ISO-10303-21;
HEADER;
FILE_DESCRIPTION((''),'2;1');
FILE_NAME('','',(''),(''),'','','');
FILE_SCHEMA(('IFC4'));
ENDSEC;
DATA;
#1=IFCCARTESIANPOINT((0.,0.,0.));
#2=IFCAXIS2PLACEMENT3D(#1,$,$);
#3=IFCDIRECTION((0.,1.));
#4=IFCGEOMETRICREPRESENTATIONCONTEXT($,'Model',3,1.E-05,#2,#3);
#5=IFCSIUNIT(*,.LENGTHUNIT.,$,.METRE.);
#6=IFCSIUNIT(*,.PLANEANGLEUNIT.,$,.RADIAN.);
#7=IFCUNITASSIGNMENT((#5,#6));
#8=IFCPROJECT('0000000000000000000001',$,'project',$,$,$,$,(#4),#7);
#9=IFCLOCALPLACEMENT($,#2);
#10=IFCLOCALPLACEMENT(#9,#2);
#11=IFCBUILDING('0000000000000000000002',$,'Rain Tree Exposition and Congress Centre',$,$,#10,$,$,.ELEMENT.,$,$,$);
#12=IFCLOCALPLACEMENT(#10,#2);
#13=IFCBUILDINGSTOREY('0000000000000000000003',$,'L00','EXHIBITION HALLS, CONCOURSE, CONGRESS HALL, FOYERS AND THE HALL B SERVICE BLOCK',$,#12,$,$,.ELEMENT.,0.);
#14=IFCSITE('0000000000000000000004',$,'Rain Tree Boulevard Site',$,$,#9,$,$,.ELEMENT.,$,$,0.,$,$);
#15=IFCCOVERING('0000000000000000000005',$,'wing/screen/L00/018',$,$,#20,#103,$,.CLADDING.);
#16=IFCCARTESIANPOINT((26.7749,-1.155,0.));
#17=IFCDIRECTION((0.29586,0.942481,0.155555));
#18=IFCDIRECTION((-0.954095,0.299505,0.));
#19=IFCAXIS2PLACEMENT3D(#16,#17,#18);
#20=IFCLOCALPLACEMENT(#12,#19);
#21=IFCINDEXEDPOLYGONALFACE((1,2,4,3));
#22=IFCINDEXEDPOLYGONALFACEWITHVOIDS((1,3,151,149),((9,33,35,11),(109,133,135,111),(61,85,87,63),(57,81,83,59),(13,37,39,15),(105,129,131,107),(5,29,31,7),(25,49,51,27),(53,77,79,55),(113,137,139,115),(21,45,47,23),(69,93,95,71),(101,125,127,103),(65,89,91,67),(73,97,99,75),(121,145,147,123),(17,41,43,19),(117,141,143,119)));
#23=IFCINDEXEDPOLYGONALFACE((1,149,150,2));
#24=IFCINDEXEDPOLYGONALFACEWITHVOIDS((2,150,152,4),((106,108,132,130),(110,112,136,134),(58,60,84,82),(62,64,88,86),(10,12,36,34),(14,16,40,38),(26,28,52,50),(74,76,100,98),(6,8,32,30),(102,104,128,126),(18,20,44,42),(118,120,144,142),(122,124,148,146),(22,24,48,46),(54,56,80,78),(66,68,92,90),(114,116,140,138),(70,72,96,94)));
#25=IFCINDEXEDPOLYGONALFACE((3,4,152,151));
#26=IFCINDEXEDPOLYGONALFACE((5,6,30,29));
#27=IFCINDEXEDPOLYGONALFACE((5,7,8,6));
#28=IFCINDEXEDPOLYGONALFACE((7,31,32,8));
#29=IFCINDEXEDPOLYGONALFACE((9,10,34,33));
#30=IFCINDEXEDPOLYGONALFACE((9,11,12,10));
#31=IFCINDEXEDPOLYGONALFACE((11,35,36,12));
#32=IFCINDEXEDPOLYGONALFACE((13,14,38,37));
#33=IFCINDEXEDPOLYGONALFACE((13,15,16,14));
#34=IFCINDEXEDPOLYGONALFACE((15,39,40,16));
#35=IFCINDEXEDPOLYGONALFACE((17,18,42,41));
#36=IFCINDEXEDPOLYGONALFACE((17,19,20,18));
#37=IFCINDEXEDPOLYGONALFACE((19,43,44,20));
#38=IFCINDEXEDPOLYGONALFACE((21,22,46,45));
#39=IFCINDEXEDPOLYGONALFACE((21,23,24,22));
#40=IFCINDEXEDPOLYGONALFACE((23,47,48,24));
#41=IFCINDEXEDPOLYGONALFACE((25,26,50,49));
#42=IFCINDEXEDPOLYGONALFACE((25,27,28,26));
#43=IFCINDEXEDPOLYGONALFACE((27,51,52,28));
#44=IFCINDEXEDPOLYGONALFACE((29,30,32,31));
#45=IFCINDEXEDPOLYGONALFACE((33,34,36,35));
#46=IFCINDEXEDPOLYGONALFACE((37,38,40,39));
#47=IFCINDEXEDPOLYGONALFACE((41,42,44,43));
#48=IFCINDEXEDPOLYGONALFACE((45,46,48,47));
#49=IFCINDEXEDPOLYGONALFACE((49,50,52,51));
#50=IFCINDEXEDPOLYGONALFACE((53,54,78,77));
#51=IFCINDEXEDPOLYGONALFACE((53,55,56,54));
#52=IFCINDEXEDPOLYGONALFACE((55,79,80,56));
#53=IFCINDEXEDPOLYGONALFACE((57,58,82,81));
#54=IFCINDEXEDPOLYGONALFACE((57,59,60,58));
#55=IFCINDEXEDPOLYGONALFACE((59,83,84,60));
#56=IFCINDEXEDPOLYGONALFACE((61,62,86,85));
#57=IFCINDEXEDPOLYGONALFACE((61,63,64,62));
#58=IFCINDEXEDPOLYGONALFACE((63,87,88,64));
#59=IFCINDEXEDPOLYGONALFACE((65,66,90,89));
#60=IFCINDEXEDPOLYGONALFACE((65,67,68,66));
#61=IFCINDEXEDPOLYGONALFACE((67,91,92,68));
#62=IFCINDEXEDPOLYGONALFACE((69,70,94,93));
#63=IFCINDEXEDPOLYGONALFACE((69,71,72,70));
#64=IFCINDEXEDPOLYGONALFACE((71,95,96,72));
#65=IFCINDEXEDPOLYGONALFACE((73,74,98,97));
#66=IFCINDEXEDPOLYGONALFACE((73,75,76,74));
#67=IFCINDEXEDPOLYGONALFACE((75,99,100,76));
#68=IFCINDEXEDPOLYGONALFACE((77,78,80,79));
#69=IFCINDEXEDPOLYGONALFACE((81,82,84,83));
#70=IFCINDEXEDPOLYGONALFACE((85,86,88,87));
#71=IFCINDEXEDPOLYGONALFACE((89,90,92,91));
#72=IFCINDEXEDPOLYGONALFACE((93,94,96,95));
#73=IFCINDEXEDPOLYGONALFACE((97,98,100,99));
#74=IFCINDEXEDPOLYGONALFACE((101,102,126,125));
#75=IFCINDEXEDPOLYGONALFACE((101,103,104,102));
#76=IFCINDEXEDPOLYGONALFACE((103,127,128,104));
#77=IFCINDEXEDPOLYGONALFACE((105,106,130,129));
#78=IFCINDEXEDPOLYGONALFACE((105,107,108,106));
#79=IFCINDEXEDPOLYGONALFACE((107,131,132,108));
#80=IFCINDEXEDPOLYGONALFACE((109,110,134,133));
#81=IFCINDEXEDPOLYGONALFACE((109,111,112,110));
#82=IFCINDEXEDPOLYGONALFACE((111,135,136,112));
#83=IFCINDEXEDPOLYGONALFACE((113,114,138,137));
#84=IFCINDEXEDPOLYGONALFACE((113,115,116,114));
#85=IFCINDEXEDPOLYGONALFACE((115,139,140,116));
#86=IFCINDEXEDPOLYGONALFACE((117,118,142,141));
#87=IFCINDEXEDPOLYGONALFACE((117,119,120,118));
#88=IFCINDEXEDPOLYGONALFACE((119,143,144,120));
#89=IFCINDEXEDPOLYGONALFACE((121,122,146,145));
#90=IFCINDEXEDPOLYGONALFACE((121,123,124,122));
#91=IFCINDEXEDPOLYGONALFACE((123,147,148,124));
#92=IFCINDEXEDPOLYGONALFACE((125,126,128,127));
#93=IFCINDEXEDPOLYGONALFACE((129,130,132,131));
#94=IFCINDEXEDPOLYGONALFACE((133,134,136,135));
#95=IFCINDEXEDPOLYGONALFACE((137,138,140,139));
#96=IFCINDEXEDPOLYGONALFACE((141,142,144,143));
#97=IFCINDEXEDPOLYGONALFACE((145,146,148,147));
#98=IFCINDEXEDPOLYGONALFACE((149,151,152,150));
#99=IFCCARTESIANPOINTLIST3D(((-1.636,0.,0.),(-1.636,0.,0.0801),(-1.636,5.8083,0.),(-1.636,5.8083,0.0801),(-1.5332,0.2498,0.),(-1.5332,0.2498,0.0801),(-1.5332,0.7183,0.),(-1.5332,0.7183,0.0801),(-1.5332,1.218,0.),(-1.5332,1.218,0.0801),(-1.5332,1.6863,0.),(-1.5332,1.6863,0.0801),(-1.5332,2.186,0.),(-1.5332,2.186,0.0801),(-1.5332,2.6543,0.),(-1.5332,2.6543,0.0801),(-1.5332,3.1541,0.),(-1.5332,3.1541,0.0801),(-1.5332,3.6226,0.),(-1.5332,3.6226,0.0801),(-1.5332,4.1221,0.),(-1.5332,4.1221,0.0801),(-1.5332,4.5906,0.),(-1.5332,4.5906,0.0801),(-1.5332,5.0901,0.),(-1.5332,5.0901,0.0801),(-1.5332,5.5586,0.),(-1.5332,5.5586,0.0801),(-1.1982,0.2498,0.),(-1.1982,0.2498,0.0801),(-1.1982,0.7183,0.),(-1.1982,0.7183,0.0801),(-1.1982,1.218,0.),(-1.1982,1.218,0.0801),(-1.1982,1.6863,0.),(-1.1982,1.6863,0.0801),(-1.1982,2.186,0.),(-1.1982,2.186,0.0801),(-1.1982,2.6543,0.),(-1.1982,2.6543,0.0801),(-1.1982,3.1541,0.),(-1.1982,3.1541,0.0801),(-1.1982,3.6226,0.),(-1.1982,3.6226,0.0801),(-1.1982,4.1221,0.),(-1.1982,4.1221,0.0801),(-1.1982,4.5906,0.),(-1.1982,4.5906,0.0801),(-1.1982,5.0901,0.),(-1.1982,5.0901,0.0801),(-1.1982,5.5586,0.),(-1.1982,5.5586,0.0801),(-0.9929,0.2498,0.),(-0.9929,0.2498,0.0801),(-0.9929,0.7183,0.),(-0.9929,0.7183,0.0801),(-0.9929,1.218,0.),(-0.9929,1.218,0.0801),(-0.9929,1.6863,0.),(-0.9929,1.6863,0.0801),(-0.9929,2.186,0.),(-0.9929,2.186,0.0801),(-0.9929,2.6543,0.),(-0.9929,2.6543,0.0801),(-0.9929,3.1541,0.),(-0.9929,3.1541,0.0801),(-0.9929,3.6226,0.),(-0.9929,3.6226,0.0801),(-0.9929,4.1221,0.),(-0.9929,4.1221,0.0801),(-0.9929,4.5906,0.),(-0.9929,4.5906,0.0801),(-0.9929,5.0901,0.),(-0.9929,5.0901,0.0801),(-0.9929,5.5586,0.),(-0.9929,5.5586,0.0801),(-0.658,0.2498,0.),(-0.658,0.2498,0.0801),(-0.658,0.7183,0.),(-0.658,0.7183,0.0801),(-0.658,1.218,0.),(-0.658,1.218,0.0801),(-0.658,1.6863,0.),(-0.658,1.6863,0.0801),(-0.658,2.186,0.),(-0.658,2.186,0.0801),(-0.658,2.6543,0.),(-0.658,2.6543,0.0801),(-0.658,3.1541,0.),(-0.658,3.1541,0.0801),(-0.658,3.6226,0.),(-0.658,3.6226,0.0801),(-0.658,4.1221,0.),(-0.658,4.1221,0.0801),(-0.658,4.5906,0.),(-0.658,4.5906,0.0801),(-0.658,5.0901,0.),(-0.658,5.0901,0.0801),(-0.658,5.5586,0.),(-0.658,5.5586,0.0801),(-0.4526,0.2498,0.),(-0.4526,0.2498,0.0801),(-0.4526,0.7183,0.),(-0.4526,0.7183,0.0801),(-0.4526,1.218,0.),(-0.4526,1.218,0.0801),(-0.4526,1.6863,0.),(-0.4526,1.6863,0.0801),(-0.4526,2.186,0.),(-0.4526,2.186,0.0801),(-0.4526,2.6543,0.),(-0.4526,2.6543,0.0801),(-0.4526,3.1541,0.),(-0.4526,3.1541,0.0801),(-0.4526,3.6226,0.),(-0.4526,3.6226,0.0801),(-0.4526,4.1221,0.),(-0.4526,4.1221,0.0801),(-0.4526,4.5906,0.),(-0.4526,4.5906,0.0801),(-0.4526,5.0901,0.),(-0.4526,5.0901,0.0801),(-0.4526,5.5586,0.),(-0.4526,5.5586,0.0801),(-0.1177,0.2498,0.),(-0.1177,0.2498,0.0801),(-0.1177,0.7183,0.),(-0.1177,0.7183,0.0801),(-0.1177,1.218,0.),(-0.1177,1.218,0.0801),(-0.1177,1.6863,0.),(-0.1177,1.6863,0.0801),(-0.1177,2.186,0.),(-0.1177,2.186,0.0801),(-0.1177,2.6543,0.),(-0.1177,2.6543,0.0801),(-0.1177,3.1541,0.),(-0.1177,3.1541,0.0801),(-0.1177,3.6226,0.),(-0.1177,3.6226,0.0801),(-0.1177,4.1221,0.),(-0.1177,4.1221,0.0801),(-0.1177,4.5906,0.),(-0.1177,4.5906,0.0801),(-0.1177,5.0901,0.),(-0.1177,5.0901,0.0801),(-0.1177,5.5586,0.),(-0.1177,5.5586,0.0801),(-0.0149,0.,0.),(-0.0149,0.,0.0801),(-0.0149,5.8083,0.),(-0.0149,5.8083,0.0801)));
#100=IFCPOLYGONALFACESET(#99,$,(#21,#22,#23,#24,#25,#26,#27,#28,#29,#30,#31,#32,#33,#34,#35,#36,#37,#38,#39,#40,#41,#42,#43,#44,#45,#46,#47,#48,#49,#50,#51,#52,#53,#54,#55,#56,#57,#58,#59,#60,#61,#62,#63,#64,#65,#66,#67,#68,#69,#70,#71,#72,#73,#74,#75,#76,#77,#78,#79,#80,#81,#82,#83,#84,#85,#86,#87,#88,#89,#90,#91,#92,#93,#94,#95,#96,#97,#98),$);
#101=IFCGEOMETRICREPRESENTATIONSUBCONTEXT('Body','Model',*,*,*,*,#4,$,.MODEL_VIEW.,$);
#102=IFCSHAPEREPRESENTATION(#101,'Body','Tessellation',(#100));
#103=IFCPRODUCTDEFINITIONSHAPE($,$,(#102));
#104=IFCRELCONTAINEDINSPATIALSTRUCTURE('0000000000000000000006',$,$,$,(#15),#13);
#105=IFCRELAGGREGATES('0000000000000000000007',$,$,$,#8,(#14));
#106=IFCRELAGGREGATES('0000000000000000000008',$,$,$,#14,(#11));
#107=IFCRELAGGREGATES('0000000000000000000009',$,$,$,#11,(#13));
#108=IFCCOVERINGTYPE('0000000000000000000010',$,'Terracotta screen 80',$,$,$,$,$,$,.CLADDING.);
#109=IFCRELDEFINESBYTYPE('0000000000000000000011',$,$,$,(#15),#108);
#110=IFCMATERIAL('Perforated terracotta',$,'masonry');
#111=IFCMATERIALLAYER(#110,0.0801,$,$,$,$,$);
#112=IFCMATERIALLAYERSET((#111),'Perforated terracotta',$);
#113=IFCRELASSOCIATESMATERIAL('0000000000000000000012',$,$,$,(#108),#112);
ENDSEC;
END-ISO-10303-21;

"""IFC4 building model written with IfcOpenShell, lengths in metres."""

from ifc_helpers import new_model, si_unit, direction, frame, origin, place, context, subcontext, project, spatial, polyline, outline, extrude, material, layer, layer_set, type_object, element, save


model = new_model("IFC4")

# Units and contexts
model_context = context("Model", 3, precision=1e-05, world=origin(), true_north=direction((0.0, 1.0)))
body_context = subcontext(model_context, "Body", "Model", "MODEL_VIEW")
ifc_project = project(units=[si_unit("LENGTHUNIT", "METRE"), si_unit("PLANEANGLEUNIT", "RADIAN")], contexts=[model_context])

# Site, building, storey
site_placement = place(None, origin())
site = spatial("IfcSite", under=ifc_project, at=site_placement, Name="Rain Tree Boulevard Site", CompositionType="ELEMENT", RefElevation=0.0)
building_placement = place(site_placement, origin())
building = spatial("IfcBuilding", under=site, at=building_placement, Name="Rain Tree Exposition and Congress Centre", CompositionType="ELEMENT")
storey_placement = place(building_placement, origin())
storey = spatial("IfcBuildingStorey", under=building, at=storey_placement, Name="L00", Description="EXHIBITION HALLS, CONCOURSE, CONGRESS HALL, FOYERS AND THE HALL B SERVICE BLOCK", CompositionType="ELEMENT", Elevation=0.0)

# Covering
ifc_material_1 = material(Name="Perforated terracotta", Category="masonry")
ifc_layer_1 = layer(ifc_material_1, 0.0801)
ifc_layer_set_1 = layer_set([ifc_layer_1], Name="Perforated terracotta")
covering_type = type_object("IfcCoveringType", Name="Terracotta screen 80", PredefinedType="CLADDING", material=ifc_layer_set_1)
covering_1_placement = place(storey_placement, frame((26.7749, -1.155, 0.0), z_axis=(0.29586, 0.942481, 0.155555), x_axis=(-0.954095, 0.299505, 0.0)))
element("IfcCovering", 1, at=covering_1_placement, inside=storey, type_object=covering_type, Name="wing/screen/L00/018", PredefinedType="CLADDING", context=body_context, shape_type="SweptSolid", body=[
    extrude(outline(polyline([(-1.636, 0.0), (-1.636, 5.8083), (-0.0149, 5.8083), (-0.0149, 0.0), (-1.636, 0.0)]), holes=[polyline([(-0.1177, 0.2498), (-0.1177, 0.7183), (-0.4526, 0.7183), (-0.4526, 0.2498), (-0.1177, 0.2498)]), polyline([(-0.1177, 1.218), (-0.1177, 1.6863), (-0.4526, 1.6863), (-0.4526, 1.218), (-0.1177, 1.218)]), polyline([(-0.1177, 2.186), (-0.1177, 2.6543), (-0.4526, 2.6543), (-0.4526, 2.186), (-0.1177, 2.186)]), polyline([(-0.1177, 3.1541), (-0.1177, 3.6226), (-0.4526, 3.6226), (-0.4526, 3.1541), (-0.1177, 3.1541)]), polyline([(-0.1177, 4.1221), (-0.1177, 4.5906), (-0.4526, 4.5906), (-0.4526, 4.1221), (-0.1177, 4.1221)]), polyline([(-0.1177, 5.0901), (-0.1177, 5.5586), (-0.4526, 5.5586), (-0.4526, 5.0901), (-0.1177, 5.0901)]), polyline([(-0.658, 0.2498), (-0.658, 0.7183), (-0.9929, 0.7183), (-0.9929, 0.2498), (-0.658, 0.2498)]), polyline([(-0.658, 1.218), (-0.658, 1.6863), (-0.9929, 1.6863), (-0.9929, 1.218), (-0.658, 1.218)]), polyline([(-0.658, 2.186), (-0.658, 2.6543), (-0.9929, 2.6543), (-0.9929, 2.186), (-0.658, 2.186)]), polyline([(-0.658, 3.1541), (-0.658, 3.6226), (-0.9929, 3.6226), (-0.9929, 3.1541), (-0.658, 3.1541)]), polyline([(-0.658, 4.1221), (-0.658, 4.5906), (-0.9929, 4.5906), (-0.9929, 4.1221), (-0.658, 4.1221)]), polyline([(-0.658, 5.0901), (-0.658, 5.5586), (-0.9929, 5.5586), (-0.9929, 5.0901), (-0.658, 5.0901)]), polyline([(-1.1982, 0.2498), (-1.1982, 0.7183), (-1.5332, 0.7183), (-1.5332, 0.2498), (-1.1982, 0.2498)]), polyline([(-1.1982, 1.218), (-1.1982, 1.6863), (-1.5332, 1.6863), (-1.5332, 1.218), (-1.1982, 1.218)]), polyline([(-1.1982, 2.186), (-1.1982, 2.6543), (-1.5332, 2.6543), (-1.5332, 2.186), (-1.1982, 2.186)]), polyline([(-1.1982, 3.1541), (-1.1982, 3.6226), (-1.5332, 3.6226), (-1.5332, 3.1541), (-1.1982, 3.1541)]), polyline([(-1.1982, 4.1221), (-1.1982, 4.5906), (-1.5332, 4.5906), (-1.5332, 4.1221), (-1.1982, 4.1221)]), polyline([(-1.1982, 5.0901), (-1.1982, 5.5586), (-1.5332, 5.5586), (-1.5332, 5.0901), (-1.1982, 5.0901)])]), origin(), (0.0, 0.0, 1.0), 0.0801),
])

save(model, "model.ifc")
